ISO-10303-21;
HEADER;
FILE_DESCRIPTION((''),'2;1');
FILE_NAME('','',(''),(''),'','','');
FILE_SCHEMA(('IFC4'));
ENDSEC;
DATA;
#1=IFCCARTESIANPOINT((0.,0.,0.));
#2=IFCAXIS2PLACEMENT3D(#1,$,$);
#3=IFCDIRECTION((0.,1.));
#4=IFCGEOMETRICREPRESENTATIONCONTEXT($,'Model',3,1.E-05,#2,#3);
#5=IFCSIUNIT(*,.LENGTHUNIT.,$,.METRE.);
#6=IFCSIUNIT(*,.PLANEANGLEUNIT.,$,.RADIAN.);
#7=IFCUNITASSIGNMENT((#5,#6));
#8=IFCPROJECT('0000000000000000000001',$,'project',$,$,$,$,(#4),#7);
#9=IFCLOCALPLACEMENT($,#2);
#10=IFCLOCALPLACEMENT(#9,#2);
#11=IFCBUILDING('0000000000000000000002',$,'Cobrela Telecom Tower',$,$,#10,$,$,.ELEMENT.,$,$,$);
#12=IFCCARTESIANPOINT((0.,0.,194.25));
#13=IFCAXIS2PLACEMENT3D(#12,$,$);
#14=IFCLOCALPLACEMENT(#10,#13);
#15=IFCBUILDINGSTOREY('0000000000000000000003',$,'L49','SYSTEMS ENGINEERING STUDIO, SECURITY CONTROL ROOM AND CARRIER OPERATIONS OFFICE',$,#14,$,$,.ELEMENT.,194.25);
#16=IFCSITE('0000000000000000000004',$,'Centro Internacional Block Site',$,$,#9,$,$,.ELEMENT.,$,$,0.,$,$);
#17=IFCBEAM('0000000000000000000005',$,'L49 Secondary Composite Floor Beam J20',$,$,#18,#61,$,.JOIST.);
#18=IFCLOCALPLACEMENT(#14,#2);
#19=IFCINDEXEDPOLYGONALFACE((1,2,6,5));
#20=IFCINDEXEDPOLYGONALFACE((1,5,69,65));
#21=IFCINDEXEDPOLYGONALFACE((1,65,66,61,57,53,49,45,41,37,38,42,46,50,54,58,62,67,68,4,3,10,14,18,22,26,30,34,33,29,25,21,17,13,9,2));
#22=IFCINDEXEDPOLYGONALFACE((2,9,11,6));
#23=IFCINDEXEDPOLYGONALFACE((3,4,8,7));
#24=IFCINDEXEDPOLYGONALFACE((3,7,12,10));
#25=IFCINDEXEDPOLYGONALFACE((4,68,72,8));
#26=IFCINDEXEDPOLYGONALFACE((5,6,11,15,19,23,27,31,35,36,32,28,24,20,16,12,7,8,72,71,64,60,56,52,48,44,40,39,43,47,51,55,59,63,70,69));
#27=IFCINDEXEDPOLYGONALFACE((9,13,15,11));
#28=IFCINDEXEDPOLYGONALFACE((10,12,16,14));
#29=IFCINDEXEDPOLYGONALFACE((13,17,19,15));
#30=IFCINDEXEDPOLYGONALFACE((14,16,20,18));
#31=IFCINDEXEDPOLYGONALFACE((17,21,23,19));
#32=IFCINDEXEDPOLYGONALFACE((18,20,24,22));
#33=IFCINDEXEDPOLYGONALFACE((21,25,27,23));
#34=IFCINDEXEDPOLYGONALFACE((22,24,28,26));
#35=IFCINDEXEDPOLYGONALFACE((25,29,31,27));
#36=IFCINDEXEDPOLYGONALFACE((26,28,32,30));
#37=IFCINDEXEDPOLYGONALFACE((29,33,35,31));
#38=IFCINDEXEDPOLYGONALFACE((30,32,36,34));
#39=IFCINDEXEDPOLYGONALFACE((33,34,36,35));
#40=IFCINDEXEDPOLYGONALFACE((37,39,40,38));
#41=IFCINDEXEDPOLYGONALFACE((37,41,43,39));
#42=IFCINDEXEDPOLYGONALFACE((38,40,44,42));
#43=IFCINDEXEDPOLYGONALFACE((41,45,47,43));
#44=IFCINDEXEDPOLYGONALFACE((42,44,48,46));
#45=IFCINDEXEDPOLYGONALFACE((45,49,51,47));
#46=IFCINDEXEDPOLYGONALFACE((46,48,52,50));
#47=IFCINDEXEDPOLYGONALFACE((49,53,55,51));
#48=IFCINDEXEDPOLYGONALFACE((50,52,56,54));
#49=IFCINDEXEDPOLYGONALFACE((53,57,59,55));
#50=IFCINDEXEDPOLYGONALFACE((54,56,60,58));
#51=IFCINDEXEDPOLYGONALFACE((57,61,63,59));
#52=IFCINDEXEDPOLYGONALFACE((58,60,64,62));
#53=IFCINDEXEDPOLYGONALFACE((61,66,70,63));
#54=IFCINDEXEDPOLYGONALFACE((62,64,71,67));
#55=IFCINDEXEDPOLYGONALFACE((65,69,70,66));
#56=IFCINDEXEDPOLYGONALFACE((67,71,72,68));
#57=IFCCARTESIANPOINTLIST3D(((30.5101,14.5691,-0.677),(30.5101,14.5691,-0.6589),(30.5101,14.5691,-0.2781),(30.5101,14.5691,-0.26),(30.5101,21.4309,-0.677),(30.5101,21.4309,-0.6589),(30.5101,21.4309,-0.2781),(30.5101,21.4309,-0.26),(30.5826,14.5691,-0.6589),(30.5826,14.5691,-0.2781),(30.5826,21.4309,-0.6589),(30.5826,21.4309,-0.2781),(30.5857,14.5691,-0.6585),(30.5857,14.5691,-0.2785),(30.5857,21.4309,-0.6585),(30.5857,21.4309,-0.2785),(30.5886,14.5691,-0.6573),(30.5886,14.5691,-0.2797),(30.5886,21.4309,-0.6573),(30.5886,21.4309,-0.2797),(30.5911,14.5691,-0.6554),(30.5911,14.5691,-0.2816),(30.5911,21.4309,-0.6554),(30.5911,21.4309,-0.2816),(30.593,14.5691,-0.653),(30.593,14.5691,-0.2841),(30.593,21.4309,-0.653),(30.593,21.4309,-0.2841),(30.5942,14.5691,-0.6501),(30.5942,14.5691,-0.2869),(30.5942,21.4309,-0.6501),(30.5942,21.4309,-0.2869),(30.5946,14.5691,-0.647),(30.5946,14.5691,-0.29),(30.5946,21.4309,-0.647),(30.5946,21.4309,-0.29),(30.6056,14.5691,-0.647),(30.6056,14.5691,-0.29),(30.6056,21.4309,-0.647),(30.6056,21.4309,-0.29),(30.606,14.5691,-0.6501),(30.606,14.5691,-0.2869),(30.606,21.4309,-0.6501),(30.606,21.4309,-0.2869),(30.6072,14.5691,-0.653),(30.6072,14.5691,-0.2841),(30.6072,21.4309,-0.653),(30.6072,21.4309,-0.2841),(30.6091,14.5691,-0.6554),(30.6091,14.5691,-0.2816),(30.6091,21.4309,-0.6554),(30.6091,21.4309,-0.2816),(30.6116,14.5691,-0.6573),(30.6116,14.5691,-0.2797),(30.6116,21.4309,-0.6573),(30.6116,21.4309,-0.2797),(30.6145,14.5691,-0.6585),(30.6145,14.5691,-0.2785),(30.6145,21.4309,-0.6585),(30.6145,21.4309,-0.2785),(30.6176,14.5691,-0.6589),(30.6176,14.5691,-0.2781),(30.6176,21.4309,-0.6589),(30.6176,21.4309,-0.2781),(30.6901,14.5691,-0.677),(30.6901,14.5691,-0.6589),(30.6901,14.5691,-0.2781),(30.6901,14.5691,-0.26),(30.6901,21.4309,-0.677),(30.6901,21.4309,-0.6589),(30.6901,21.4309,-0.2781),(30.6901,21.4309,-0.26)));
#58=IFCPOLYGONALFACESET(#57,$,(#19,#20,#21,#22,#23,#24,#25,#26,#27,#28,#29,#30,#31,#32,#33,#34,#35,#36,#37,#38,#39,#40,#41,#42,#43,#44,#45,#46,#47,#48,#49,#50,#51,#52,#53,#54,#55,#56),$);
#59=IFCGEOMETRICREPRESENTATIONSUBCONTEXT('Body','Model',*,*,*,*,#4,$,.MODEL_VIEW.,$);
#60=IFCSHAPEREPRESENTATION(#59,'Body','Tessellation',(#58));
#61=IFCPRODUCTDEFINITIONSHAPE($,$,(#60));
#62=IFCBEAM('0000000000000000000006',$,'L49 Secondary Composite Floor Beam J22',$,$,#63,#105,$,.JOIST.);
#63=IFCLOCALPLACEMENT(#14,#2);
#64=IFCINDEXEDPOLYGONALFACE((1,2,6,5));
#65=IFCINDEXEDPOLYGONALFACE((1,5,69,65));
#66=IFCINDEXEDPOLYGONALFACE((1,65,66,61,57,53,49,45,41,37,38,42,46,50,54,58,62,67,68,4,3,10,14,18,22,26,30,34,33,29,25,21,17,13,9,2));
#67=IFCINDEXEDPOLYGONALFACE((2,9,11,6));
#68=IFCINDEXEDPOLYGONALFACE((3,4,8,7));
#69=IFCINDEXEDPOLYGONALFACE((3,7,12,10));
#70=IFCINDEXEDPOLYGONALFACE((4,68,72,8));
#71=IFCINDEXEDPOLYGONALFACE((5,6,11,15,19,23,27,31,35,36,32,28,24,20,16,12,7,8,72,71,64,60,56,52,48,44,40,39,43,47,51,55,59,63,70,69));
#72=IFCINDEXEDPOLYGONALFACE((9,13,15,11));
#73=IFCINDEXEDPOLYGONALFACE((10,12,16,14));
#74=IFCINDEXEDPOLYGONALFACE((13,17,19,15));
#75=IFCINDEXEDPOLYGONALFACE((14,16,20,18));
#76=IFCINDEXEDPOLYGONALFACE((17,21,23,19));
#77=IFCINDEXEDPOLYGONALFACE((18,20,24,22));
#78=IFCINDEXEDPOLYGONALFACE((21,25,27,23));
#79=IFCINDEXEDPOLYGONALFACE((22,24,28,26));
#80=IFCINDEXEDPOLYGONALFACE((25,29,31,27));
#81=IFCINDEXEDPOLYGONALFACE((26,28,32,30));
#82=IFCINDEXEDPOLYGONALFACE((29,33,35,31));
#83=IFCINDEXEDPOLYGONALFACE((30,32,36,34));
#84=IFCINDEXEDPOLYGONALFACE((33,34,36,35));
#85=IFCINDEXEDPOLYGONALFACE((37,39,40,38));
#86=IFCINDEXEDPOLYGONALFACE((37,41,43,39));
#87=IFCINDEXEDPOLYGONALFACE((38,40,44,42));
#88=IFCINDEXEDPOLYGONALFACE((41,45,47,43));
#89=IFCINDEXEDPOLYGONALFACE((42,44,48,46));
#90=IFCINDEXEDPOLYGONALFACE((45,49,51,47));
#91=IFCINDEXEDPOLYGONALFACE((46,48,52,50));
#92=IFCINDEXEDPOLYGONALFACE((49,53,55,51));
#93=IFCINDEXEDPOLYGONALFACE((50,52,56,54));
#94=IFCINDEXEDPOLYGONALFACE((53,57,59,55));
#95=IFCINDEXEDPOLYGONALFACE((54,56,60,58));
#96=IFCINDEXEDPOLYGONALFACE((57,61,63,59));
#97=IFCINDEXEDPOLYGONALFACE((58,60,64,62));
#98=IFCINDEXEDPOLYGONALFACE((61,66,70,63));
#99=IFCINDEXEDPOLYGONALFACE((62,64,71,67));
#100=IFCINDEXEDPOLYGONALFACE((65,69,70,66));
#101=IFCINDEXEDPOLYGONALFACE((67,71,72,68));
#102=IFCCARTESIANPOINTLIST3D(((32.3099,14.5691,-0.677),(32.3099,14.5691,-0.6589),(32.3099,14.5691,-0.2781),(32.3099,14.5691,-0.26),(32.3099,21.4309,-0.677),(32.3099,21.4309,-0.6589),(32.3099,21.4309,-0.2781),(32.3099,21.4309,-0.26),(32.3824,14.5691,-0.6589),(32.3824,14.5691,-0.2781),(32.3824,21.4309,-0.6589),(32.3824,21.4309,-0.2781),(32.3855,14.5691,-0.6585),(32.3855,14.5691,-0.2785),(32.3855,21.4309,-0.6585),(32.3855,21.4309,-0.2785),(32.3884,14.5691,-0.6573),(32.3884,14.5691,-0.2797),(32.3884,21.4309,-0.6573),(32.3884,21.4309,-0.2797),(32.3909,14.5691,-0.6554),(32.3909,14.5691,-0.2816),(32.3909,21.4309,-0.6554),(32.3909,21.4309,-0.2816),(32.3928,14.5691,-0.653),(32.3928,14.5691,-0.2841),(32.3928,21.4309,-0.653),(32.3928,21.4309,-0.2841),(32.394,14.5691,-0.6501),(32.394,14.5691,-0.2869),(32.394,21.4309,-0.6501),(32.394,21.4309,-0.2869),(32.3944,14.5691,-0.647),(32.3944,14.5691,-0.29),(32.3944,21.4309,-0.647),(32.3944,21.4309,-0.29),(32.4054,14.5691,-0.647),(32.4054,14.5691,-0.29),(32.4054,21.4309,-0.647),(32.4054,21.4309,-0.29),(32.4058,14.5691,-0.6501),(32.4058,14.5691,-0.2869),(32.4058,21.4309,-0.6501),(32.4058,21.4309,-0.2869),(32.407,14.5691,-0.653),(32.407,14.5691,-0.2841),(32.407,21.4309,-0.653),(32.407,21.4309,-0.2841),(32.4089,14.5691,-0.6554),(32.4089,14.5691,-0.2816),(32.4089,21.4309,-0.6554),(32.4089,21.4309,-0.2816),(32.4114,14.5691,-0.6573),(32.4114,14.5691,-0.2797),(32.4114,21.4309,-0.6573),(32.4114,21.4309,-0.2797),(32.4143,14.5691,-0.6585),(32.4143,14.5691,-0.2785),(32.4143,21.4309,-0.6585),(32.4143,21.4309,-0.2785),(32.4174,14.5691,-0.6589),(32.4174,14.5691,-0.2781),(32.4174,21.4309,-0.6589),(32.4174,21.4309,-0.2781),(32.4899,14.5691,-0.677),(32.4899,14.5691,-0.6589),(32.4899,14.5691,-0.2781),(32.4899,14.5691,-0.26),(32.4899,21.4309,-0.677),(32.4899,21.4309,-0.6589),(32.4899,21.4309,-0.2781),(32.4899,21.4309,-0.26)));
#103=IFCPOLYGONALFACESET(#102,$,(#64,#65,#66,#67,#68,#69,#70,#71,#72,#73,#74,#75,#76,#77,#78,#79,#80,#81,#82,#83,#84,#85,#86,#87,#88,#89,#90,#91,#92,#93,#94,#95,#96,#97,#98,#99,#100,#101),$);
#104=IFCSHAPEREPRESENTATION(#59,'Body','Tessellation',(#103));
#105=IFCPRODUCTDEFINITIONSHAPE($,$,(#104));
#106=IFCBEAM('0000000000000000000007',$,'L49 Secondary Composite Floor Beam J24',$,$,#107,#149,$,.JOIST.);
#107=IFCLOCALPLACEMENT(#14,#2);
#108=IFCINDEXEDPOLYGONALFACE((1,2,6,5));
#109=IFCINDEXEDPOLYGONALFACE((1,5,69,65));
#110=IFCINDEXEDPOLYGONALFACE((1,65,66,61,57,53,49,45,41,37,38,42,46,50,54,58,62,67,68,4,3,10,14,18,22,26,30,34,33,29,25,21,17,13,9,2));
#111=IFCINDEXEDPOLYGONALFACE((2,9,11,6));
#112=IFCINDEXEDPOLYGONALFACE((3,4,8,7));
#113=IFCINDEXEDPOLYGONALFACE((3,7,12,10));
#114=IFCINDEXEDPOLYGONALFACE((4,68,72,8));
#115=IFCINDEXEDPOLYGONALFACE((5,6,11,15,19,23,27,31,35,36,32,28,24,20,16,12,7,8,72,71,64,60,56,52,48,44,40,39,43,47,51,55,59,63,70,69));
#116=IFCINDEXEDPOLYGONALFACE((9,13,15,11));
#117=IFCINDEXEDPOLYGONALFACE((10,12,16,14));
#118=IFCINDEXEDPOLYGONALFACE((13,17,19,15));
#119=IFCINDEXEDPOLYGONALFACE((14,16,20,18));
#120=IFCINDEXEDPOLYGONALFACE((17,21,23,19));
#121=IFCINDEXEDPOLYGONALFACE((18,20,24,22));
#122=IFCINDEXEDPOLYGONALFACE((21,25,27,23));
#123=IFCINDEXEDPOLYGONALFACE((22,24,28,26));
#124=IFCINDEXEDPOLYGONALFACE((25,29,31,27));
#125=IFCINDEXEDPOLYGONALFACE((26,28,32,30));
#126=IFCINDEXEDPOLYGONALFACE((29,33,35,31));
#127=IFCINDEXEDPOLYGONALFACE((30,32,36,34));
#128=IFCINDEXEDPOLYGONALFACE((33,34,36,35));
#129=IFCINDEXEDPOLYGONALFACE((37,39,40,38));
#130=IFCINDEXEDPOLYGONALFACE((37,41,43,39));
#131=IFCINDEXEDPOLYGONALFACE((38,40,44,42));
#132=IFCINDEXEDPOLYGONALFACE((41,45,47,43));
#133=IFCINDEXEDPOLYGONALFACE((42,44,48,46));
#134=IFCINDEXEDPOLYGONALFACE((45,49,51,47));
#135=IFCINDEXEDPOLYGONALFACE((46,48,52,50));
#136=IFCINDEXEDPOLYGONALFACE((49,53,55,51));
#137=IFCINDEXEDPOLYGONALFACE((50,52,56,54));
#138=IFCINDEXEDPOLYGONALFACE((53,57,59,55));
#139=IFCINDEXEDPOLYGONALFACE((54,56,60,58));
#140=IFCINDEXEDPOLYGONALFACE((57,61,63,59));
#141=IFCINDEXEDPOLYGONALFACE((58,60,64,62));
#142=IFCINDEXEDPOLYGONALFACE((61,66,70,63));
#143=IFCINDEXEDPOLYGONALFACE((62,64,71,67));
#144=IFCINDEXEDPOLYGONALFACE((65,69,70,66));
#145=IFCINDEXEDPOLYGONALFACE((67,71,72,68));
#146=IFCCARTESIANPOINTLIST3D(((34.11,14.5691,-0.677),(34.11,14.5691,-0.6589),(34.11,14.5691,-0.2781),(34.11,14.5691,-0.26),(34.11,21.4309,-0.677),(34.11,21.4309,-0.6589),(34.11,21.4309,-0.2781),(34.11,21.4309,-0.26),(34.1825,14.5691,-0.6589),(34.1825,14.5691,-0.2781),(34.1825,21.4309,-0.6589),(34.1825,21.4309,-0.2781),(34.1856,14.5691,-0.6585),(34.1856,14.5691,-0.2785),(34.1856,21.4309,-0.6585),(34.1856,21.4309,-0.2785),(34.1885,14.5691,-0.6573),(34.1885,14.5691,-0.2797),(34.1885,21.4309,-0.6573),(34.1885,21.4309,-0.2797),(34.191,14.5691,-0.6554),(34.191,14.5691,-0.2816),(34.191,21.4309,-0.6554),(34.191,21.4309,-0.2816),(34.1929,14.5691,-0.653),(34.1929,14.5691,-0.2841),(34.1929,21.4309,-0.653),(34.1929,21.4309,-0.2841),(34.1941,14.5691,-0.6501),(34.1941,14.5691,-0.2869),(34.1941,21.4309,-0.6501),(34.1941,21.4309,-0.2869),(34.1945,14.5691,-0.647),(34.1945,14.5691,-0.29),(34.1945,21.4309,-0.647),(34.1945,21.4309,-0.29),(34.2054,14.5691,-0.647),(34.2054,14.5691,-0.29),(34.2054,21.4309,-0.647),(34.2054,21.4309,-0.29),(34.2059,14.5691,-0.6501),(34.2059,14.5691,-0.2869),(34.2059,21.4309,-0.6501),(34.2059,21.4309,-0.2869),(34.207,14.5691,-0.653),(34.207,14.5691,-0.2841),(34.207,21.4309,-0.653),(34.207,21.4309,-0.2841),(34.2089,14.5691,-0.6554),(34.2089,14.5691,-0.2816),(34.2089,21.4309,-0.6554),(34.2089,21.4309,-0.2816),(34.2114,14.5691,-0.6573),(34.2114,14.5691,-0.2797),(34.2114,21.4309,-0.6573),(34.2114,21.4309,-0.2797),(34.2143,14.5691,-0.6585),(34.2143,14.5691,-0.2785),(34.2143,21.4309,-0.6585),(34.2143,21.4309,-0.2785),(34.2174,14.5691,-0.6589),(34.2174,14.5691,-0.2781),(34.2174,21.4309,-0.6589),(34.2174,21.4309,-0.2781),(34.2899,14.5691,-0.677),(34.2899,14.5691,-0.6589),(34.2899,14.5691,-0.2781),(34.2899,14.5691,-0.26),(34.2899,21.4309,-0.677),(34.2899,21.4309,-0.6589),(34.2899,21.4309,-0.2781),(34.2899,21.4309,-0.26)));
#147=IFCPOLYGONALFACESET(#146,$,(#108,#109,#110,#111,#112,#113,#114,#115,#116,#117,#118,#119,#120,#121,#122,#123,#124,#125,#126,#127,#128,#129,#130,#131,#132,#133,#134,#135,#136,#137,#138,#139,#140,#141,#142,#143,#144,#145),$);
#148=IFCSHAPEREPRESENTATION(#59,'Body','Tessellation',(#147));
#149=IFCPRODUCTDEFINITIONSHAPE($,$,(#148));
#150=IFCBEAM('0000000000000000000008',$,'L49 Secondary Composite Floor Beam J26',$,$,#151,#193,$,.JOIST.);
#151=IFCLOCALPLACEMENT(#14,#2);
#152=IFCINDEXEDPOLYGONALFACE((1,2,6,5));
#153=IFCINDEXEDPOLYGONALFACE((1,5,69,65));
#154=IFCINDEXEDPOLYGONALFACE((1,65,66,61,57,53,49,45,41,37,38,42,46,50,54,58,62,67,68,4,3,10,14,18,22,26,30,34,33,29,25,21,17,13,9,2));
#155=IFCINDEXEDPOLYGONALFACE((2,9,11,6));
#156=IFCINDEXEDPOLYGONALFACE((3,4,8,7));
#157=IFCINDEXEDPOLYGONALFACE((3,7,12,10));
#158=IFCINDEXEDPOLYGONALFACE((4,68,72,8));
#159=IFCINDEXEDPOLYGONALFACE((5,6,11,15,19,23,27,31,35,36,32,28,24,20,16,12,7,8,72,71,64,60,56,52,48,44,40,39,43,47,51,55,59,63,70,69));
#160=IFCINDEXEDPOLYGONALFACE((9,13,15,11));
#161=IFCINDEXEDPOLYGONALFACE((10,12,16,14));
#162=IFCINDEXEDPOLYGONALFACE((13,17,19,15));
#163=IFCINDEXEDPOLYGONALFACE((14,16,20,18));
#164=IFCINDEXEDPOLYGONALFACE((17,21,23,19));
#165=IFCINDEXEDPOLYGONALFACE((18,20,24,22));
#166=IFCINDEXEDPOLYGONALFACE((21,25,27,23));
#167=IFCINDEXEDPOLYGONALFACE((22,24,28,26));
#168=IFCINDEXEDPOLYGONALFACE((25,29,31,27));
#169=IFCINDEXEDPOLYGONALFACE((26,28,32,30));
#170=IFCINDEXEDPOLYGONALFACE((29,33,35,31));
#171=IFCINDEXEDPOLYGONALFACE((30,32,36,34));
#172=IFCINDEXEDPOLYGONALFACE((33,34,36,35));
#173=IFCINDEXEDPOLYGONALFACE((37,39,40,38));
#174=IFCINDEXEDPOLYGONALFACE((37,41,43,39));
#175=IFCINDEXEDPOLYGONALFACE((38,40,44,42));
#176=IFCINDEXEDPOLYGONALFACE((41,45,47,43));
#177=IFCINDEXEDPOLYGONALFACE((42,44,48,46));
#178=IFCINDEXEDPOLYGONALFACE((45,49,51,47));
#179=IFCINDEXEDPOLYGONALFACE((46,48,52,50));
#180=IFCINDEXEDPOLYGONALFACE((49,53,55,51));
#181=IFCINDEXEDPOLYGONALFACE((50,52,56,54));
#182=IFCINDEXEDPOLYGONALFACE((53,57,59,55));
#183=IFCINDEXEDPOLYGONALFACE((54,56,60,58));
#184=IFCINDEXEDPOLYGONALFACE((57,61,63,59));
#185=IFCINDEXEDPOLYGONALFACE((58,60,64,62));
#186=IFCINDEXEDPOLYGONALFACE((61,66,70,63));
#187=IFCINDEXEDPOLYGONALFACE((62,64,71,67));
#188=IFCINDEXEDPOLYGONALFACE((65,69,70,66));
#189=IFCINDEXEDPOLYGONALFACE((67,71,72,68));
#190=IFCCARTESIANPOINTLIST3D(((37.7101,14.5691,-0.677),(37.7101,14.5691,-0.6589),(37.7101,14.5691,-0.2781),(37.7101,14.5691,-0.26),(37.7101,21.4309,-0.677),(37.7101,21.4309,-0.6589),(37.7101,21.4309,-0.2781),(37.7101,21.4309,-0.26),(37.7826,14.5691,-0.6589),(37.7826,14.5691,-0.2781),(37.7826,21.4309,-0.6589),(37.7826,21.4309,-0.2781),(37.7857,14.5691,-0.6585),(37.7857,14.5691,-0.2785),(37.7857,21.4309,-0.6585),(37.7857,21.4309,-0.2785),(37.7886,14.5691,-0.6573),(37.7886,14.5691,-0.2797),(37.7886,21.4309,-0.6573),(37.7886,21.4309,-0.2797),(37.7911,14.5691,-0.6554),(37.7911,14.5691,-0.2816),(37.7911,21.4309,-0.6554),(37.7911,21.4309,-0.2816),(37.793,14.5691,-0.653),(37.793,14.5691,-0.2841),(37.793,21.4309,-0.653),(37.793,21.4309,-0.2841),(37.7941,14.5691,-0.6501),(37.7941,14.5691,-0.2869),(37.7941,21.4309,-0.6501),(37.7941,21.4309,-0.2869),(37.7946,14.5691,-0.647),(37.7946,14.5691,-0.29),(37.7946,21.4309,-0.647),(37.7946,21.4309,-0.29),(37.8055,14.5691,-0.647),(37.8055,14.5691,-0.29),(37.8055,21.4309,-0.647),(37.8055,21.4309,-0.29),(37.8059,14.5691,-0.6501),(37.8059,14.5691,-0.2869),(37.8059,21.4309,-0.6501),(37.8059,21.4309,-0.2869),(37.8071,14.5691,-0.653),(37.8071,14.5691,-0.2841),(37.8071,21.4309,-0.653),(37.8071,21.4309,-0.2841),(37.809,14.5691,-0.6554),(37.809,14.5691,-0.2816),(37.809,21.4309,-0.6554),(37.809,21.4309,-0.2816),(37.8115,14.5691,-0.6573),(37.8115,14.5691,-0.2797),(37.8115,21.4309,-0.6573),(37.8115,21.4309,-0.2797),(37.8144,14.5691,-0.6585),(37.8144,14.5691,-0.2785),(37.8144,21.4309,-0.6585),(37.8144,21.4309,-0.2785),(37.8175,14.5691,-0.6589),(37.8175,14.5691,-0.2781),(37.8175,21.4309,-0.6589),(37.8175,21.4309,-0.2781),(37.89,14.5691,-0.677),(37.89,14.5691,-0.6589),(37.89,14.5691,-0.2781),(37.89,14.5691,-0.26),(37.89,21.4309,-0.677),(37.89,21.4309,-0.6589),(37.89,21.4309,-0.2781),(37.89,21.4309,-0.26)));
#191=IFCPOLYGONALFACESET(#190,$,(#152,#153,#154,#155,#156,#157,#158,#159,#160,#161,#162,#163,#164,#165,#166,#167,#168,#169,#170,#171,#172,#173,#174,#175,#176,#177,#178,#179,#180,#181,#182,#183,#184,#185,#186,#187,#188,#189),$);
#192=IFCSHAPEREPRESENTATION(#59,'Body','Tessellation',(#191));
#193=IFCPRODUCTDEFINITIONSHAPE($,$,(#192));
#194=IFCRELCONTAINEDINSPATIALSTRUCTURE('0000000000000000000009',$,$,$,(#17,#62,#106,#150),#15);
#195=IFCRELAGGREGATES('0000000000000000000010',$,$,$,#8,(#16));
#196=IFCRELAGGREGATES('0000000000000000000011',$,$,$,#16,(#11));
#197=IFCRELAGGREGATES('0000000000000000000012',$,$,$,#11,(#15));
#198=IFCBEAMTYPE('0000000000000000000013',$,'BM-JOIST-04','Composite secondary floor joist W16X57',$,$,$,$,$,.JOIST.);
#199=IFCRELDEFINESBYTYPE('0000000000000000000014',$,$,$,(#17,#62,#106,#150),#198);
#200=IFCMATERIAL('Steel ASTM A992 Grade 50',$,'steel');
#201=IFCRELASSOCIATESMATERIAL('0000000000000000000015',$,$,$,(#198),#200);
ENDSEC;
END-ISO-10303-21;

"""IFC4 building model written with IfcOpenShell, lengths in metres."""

from ifc_helpers import new_model, si_unit, direction, frame, origin, origin_2d, place, context, subcontext, project, spatial, i_section, extrude, material, material_profile, profile_set, type_object, element, save


model = new_model("IFC4")

# Units and contexts
model_context = context("Model", 3, precision=1e-05, world=origin(), true_north=direction((0.0, 1.0)))
body_context = subcontext(model_context, "Body", "Model", "MODEL_VIEW")
ifc_project = project(units=[si_unit("LENGTHUNIT", "METRE"), si_unit("PLANEANGLEUNIT", "RADIAN")], contexts=[model_context])

# Site, building, storey
site_placement = place(None, origin())
site = spatial("IfcSite", under=ifc_project, at=site_placement, Name="Centro Internacional Block Site", CompositionType="ELEMENT", RefElevation=0.0)
building_placement = place(site_placement, origin())
building = spatial("IfcBuilding", under=site, at=building_placement, Name="Cobrela Telecom Tower", CompositionType="ELEMENT")
storey_placement = place(building_placement, frame((0.0, 0.0, 194.25)))
storey = spatial("IfcBuildingStorey", under=building, at=storey_placement, Name="L49", Description="SYSTEMS ENGINEERING STUDIO, SECURITY CONTROL ROOM AND CARRIER OPERATIONS OFFICE", CompositionType="ELEMENT", Elevation=194.25)

# Shared definitions
ifc_material_1 = material(Name="Steel ASTM A992 Grade 50", Category="steel")

# Beams
ifc_material_profile_1 = material_profile(ifc_material_1, i_section(OverallWidth=0.1799, OverallDepth=0.417, WebThickness=0.011, FlangeThickness=0.0181, FilletRadius=0.012, at=origin_2d()), Name="W16X57")
ifc_profile_set_1 = profile_set([ifc_material_profile_1], Name="Steel ASTM A992 Grade 50")
beam_type_1 = type_object("IfcBeamType", Name="BM-JOIST-04", Description="Composite secondary floor joist W16X57", PredefinedType="JOIST", material=ifc_profile_set_1)
for number, where, z_axis, x_axis, name in (
    (1, (30.6001, 14.5691, -0.4685), (0.0, 1.0, 0.0), (-1.0, 0.0, 0.0), "L49 Secondary Composite Floor Beam J20"),
    (2, (32.3999, 14.5691, -0.4685), (0.0, 1.0, 0.0), (-1.0, 0.0, 0.0), "L49 Secondary Composite Floor Beam J22"),
    (3, (34.2, 14.5691, -0.4685), (0.0, 1.0, 0.0), (-1.0, 0.0, 0.0), "L49 Secondary Composite Floor Beam J24"),
    (4, (37.8, 14.5691, -0.4685), (0.0, 1.0, 0.0), (-1.0, 0.0, 0.0), "L49 Secondary Composite Floor Beam J26"),
):
    element("IfcBeam", number, at=place(storey_placement, frame(where, z_axis=z_axis, x_axis=x_axis)), inside=storey, type_object=beam_type_1, Name=name, PredefinedType="JOIST", context=body_context, shape_type="SweptSolid", body=[
        extrude(i_section(OverallWidth=0.1799, OverallDepth=0.417, WebThickness=0.011, FlangeThickness=0.0181, FilletRadius=0.012, at=origin_2d()), origin(), (0.0, 0.0, 1.0), 6.8618),
    ])

save(model, "model.ifc")
